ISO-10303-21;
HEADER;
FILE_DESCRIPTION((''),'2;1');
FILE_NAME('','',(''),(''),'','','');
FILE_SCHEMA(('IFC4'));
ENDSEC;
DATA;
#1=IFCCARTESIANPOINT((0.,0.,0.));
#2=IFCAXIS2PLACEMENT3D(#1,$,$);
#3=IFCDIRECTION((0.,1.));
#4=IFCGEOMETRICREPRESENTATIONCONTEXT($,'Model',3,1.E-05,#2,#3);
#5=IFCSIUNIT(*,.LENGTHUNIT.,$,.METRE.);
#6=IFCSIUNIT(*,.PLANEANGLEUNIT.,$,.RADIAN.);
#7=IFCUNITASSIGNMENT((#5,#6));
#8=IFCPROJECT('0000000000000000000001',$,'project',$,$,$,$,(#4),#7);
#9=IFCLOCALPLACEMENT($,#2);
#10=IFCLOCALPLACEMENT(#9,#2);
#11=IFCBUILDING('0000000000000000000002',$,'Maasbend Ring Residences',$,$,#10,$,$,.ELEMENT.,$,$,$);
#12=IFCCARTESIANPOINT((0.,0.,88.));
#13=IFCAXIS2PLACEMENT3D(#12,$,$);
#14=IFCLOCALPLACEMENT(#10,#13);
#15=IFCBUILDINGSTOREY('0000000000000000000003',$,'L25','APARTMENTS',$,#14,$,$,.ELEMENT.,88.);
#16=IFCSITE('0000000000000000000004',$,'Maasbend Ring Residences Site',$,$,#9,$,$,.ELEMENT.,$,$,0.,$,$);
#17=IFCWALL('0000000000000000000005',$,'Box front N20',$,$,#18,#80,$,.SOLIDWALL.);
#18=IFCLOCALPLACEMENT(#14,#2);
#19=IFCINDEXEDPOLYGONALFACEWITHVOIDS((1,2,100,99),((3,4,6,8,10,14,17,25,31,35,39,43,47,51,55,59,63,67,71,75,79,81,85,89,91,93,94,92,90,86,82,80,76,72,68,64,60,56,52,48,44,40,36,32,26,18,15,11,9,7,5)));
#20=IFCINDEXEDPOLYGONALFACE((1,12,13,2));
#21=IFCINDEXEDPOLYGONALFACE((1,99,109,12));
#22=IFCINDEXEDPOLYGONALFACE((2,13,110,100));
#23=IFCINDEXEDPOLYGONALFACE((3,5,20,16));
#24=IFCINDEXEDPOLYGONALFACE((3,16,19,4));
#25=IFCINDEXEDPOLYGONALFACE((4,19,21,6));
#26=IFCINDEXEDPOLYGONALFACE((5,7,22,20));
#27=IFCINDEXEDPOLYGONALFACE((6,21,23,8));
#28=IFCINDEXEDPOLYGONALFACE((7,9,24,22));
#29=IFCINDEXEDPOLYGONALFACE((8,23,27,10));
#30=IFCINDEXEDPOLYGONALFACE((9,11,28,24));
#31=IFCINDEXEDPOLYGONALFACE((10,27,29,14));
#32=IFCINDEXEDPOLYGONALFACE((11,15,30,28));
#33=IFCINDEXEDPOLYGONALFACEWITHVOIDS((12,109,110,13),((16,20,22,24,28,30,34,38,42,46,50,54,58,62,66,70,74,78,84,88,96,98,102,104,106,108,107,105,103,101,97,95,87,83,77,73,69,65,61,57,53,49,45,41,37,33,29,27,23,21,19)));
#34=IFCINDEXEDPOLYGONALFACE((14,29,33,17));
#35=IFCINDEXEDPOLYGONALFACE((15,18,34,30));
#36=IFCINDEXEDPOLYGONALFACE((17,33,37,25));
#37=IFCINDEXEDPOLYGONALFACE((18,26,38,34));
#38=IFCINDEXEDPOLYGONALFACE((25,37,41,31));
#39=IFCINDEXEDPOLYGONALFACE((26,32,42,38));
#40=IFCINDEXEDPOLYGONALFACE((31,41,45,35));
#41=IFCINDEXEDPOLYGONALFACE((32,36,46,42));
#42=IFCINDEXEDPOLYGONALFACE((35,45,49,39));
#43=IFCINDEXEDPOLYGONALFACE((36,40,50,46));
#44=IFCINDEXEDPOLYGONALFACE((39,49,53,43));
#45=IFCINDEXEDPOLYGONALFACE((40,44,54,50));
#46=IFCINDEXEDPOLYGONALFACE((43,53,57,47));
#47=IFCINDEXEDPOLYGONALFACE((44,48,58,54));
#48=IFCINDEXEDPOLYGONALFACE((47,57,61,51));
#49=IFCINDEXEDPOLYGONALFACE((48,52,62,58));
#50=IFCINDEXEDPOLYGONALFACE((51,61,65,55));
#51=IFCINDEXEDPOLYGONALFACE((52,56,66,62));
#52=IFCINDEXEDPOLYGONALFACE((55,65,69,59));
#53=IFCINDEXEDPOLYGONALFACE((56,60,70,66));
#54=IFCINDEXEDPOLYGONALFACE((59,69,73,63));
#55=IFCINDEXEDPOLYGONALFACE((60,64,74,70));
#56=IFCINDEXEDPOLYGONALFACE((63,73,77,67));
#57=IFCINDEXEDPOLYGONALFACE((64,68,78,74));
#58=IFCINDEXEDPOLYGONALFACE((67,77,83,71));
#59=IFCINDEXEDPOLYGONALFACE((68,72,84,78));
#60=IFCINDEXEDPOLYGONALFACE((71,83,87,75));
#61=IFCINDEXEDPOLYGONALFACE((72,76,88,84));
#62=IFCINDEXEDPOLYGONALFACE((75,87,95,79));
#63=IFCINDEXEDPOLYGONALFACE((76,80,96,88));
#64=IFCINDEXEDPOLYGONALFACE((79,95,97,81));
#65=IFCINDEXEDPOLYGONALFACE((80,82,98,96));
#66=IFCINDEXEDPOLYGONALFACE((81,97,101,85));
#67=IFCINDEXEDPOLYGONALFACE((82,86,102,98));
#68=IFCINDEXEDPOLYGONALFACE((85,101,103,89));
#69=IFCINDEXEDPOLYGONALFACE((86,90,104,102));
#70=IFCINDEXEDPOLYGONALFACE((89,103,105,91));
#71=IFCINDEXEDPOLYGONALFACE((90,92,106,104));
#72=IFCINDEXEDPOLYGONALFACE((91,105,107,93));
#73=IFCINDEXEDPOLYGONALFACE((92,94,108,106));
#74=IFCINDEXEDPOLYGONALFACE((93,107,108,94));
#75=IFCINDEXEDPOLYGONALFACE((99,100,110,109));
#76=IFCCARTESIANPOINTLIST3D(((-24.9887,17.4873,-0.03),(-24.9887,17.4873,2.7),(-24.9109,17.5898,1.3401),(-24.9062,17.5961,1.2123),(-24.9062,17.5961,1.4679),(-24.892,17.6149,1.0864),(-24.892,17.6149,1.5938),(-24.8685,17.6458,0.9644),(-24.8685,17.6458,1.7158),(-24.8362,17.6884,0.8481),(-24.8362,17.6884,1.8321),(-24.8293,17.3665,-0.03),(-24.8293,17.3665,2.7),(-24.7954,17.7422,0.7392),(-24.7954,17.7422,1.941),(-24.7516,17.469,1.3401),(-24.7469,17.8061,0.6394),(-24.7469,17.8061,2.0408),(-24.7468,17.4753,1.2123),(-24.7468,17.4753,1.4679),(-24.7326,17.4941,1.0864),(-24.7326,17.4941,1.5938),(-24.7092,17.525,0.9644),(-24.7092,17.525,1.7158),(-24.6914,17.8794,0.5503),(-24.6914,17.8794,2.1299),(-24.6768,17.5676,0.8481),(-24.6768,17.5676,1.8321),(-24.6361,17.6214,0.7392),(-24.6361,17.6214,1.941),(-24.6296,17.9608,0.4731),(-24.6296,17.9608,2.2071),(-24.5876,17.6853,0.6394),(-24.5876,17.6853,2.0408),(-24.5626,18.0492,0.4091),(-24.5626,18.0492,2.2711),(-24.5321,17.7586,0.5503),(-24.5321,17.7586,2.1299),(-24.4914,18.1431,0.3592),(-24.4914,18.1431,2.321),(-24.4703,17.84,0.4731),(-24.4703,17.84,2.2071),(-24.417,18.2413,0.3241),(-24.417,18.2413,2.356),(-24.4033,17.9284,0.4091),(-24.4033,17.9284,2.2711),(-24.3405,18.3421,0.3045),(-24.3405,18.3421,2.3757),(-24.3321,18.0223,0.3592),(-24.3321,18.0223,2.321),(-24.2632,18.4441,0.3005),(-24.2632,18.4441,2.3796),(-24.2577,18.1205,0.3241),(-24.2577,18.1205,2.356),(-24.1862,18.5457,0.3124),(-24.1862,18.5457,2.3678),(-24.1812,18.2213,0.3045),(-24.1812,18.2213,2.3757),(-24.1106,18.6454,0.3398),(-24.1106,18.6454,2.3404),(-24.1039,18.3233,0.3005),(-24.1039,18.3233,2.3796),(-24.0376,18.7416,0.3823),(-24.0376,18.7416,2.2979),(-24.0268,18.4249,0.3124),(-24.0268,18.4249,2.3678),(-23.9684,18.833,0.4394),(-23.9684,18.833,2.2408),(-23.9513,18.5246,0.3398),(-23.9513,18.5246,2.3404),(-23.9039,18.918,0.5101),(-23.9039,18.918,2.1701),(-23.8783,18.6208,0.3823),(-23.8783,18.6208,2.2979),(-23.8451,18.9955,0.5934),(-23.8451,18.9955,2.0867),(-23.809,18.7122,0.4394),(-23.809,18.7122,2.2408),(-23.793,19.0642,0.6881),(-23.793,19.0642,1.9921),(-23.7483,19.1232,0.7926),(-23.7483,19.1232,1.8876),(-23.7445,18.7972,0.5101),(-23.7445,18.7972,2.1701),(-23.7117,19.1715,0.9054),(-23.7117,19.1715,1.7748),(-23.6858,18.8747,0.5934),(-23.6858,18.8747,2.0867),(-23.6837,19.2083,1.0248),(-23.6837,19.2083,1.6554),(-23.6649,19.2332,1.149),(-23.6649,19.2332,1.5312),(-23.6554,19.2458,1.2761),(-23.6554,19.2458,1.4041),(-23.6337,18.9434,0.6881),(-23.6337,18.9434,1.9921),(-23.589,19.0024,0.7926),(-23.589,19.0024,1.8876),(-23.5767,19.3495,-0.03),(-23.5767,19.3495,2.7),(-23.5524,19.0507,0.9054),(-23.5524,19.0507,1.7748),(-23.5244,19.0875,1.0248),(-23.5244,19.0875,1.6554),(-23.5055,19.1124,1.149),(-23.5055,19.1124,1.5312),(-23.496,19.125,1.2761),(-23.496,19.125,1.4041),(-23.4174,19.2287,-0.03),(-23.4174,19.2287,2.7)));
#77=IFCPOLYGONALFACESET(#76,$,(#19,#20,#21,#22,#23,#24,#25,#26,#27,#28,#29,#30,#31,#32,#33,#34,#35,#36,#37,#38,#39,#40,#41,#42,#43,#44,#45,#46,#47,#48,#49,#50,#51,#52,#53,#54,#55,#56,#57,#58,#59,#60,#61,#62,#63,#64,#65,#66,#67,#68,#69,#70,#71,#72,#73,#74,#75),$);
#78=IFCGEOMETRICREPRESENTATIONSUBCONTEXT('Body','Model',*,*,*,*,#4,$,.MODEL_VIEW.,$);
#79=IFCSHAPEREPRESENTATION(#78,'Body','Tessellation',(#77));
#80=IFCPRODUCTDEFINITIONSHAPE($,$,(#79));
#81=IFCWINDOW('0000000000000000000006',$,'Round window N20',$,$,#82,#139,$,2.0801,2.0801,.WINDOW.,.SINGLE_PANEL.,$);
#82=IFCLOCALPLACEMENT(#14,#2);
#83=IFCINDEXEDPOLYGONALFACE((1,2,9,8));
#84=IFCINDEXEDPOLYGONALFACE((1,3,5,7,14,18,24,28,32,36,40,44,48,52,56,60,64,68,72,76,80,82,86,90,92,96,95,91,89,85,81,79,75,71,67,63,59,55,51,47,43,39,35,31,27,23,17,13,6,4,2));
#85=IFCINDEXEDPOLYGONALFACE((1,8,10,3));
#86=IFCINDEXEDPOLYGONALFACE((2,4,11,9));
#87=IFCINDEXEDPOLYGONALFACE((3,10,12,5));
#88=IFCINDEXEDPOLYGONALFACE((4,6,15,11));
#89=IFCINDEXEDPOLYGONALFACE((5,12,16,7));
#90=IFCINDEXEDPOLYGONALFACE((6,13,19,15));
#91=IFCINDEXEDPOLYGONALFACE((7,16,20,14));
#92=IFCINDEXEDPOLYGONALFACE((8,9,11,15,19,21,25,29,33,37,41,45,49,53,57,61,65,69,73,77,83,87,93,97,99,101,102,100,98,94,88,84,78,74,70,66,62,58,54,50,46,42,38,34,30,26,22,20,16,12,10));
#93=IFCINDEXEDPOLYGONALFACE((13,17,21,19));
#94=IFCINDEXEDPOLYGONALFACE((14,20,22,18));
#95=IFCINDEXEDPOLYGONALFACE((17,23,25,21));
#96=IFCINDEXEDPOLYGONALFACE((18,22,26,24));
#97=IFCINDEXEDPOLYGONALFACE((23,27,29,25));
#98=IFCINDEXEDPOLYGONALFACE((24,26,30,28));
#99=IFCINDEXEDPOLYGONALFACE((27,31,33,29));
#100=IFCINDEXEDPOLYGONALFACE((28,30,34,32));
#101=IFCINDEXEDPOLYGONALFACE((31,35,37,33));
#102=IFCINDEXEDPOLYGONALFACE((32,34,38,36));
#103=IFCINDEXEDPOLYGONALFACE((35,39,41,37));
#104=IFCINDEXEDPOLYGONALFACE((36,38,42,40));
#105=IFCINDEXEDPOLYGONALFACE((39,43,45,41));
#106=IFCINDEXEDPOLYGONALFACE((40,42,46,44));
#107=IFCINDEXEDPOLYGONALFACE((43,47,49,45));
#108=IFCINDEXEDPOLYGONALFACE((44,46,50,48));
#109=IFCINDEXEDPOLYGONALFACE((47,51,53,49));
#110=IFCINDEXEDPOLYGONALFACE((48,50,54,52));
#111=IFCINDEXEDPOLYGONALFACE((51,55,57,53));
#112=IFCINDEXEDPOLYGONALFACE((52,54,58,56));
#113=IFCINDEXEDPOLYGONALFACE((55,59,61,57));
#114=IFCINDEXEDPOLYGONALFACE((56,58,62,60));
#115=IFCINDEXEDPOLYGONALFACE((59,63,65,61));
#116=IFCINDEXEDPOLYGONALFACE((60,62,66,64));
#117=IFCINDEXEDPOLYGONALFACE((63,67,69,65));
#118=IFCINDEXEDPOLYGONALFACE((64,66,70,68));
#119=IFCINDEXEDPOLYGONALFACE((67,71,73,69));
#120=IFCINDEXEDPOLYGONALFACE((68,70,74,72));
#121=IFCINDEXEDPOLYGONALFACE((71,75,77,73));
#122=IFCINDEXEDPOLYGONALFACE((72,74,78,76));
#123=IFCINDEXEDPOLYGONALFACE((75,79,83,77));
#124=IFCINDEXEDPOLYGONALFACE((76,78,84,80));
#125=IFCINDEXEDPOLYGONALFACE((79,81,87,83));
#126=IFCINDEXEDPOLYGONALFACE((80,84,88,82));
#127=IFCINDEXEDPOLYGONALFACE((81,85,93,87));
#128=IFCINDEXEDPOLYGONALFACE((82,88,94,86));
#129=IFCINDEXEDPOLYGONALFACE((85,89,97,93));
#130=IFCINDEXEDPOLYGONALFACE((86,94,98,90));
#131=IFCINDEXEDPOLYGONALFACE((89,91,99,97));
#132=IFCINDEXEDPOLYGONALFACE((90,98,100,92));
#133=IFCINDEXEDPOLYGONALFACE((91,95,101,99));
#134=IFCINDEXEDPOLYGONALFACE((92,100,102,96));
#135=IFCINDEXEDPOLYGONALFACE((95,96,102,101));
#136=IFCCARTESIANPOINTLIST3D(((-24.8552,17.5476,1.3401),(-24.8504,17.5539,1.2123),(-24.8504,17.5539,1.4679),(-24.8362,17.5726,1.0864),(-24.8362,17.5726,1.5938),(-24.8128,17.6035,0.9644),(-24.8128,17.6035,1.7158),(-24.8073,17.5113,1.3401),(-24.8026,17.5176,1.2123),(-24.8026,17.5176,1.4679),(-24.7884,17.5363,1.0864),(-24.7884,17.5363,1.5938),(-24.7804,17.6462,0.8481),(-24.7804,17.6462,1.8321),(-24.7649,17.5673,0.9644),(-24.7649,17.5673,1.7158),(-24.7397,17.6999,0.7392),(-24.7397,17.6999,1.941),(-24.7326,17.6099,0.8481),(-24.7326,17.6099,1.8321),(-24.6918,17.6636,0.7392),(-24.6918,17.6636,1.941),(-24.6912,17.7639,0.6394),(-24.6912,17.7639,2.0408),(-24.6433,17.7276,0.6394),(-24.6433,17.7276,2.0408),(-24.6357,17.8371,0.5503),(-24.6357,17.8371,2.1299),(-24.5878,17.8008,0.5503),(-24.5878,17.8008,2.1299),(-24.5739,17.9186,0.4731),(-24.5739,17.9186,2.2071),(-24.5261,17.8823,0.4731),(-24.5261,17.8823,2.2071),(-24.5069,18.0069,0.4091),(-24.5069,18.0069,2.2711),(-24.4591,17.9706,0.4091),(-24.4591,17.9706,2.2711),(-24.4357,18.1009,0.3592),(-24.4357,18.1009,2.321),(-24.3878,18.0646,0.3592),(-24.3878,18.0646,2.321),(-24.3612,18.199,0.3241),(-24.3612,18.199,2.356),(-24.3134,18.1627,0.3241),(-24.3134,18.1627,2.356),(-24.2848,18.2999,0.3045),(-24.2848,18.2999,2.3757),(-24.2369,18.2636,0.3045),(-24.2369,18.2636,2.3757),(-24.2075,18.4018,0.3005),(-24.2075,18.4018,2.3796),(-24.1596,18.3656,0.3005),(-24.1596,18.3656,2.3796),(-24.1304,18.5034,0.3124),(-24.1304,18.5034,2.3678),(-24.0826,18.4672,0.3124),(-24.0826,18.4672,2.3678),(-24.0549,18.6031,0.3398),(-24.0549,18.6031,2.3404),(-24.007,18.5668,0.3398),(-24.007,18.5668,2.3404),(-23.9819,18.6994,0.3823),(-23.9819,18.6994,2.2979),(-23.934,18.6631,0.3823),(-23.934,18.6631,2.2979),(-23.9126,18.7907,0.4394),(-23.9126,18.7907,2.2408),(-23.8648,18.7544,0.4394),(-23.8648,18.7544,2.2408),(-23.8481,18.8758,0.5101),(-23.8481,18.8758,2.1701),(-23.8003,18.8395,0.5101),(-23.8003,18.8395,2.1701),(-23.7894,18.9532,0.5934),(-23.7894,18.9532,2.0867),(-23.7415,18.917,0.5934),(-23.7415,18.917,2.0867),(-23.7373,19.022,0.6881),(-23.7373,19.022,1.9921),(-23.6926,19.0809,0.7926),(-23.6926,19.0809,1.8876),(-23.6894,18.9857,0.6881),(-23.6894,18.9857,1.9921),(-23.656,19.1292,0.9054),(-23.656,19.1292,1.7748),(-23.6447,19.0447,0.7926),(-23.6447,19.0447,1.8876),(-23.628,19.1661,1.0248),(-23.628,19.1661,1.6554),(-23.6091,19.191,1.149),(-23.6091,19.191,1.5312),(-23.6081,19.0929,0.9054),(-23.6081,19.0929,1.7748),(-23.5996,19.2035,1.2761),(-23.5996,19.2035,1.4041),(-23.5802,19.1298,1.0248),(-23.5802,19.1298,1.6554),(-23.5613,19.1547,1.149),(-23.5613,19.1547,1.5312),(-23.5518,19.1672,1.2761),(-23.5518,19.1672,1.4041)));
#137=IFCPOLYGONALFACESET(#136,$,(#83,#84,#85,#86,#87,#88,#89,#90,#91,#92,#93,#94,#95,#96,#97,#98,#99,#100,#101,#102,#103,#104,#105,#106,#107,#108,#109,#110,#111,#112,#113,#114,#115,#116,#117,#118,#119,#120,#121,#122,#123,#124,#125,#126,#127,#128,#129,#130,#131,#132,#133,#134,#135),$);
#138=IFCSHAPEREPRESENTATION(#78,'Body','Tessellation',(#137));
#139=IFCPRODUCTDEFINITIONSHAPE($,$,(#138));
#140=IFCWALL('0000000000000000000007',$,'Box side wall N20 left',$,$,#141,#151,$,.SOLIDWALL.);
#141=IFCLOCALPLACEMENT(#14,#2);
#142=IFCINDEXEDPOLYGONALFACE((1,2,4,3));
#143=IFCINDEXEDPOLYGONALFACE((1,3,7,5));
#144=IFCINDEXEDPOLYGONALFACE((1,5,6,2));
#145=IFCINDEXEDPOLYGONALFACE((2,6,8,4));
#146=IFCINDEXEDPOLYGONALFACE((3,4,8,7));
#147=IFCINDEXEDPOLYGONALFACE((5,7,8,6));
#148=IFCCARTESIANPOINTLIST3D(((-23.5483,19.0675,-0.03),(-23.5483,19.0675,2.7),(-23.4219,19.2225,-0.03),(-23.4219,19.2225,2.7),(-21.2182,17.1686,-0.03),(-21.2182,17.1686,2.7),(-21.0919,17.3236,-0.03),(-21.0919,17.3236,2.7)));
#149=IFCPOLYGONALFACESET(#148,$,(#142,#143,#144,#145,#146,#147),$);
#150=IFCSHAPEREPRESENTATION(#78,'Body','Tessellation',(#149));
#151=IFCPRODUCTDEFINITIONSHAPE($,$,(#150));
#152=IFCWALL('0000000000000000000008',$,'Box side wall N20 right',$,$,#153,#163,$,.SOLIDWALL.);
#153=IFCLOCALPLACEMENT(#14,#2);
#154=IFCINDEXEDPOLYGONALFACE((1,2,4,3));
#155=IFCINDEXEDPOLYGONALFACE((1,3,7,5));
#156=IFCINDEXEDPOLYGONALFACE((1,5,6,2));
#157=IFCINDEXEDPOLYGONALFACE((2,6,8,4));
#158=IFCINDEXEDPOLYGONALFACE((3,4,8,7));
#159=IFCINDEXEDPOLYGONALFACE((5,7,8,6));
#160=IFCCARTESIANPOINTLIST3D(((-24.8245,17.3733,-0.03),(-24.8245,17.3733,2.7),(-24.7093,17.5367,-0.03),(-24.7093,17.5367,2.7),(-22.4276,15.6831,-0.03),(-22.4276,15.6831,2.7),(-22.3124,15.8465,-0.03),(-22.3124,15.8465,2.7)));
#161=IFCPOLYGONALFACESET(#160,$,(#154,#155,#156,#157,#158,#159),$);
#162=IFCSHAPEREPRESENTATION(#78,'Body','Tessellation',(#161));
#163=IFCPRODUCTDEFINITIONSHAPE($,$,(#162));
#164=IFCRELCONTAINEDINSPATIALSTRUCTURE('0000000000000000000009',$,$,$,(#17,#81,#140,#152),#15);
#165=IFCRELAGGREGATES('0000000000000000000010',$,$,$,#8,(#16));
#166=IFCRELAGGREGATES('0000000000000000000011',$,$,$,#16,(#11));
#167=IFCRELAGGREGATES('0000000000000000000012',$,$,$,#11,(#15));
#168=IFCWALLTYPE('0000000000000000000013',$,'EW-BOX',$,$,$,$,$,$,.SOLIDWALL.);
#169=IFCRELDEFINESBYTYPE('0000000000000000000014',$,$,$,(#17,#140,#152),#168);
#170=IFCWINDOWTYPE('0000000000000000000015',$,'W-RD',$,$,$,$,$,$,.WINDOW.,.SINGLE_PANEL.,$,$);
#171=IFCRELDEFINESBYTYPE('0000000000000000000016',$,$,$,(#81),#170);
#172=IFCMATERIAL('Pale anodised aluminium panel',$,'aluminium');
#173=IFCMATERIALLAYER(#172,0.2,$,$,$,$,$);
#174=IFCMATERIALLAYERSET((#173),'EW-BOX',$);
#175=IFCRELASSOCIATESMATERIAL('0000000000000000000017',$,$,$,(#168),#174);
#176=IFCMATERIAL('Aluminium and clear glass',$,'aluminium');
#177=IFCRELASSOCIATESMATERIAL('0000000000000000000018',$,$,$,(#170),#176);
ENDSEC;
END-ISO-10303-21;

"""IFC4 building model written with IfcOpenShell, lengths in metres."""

from ifc_helpers import new_model, si_unit, direction, frame, frame_2d, origin, place, context, subcontext, project, spatial, rectangle, circle, extrude, material, layer, layer_set, type_object, element, fill, save


model = new_model("IFC4")

# Units and contexts
model_context = context("Model", 3, precision=1e-05, world=origin(), true_north=direction((0.0, 1.0)))
body_context = subcontext(model_context, "Body", "Model", "MODEL_VIEW")
ifc_project = project(units=[si_unit("LENGTHUNIT", "METRE"), si_unit("PLANEANGLEUNIT", "RADIAN")], contexts=[model_context])

# Site, building, storey
site_placement = place(None, origin())
site = spatial("IfcSite", under=ifc_project, at=site_placement, Name="Maasbend Ring Residences Site", CompositionType="ELEMENT", RefElevation=0.0)
building_placement = place(site_placement, origin())
building = spatial("IfcBuilding", under=site, at=building_placement, Name="Maasbend Ring Residences", CompositionType="ELEMENT")
storey_placement = place(building_placement, frame((0.0, 0.0, 88.0)))
storey = spatial("IfcBuildingStorey", under=building, at=storey_placement, Name="L25", Description="APARTMENTS", CompositionType="ELEMENT", Elevation=88.0)

# Shared definitions
ifc_material_1 = material(Name="Pale anodised aluminium panel", Category="aluminium")
ifc_layer_1 = layer(ifc_material_1, 0.2)
ifc_layer_set_1 = layer_set([ifc_layer_1], Name="EW-BOX")
wall_type_1 = type_object("IfcWallType", Name="EW-BOX", PredefinedType="SOLIDWALL", material=ifc_layer_set_1)
ifc_material_2 = material(Name="Aluminium and clear glass", Category="aluminium")
window_type_1 = type_object("IfcWindowType", Name="W-RD", PartitioningType="SINGLE_PANEL", PredefinedType="WINDOW", material=ifc_material_2)

# Wall, opening, window
wall_1_placement = place(storey_placement, frame((-23.4971, 19.2891, -0.03), z_axis=(0.0, 0.0, 1.0), x_axis=(-0.604188, -0.796842, 0.0)))
wall_1 = element("IfcWall", 1, at=wall_1_placement, inside=storey, type_object=wall_type_1, Name="Box front N20", PredefinedType="SOLIDWALL", context=body_context, shape_type="SweptSolid", body=[
    extrude(rectangle(XDim=2.3369, YDim=0.2, at=frame_2d((1.1685, 0.0))), origin(), (0.0, 0.0, 1.0), 2.73),
])
opening_1_placement = place(wall_1_placement, frame((0.1282, 0.0, 0.3301)))
opening_1 = element("IfcOpeningElement", 2, at=opening_1_placement, cuts=wall_1, PredefinedType="OPENING", context=body_context, shape_type="SweptSolid", body=[
    extrude(circle(Radius=1.04, at=frame_2d((1.04, 1.04))), frame((0.0, 0.1099, 0.0), z_axis=(0.0, -1.0, 0.0), x_axis=(1.0, 0.0, 0.0)), (0.0, 0.0, 1.0), 0.22),
])
window_1_placement = place(opening_1_placement, origin())
window_1 = element("IfcWindow", 3, at=window_1_placement, inside=storey, type_object=window_type_1, Name="Round window N20", OverallHeight=2.0801, OverallWidth=2.0801, PartitioningType="SINGLE_PANEL", PredefinedType="WINDOW", context=body_context, shape_type="SweptSolid", body=[
    extrude(circle(Radius=1.04, at=frame_2d((1.04, 1.04))), frame((0.0, 0.03, 0.0), z_axis=(0.0, -1.0, 0.0), x_axis=(1.0, 0.0, 0.0)), (0.0, 0.0, 1.0), 0.0601),
])
fill(opening_1, window_1)

# Walls
wall_2_placement = place(storey_placement, frame((-21.155, 17.2461, -0.03), z_axis=(0.0, 0.0, 1.0), x_axis=(-0.775179, 0.631742, 0.0)))
element("IfcWall", 4, at=wall_2_placement, inside=storey, type_object=wall_type_1, Name="Box side wall N20 left", PredefinedType="SOLIDWALL", context=body_context, shape_type="SweptSolid", body=[
    extrude(rectangle(XDim=3.0059, YDim=0.2, at=frame_2d((1.5029, 0.0))), origin(), (0.0, 0.0, 1.0), 2.73),
])
wall_3_placement = place(storey_placement, frame((-22.3701, 15.7649, -0.03), z_axis=(0.0, 0.0, 1.0), x_axis=(-0.817256, 0.576275, 0.0)))
element("IfcWall", 5, at=wall_3_placement, inside=storey, type_object=wall_type_1, Name="Box side wall N20 right", PredefinedType="SOLIDWALL", context=body_context, shape_type="SweptSolid", body=[
    extrude(rectangle(XDim=2.9329, YDim=0.2, at=frame_2d((1.4663, 0.0))), origin(), (0.0, 0.0, 1.0), 2.73),
])

save(model, "model.ifc")
